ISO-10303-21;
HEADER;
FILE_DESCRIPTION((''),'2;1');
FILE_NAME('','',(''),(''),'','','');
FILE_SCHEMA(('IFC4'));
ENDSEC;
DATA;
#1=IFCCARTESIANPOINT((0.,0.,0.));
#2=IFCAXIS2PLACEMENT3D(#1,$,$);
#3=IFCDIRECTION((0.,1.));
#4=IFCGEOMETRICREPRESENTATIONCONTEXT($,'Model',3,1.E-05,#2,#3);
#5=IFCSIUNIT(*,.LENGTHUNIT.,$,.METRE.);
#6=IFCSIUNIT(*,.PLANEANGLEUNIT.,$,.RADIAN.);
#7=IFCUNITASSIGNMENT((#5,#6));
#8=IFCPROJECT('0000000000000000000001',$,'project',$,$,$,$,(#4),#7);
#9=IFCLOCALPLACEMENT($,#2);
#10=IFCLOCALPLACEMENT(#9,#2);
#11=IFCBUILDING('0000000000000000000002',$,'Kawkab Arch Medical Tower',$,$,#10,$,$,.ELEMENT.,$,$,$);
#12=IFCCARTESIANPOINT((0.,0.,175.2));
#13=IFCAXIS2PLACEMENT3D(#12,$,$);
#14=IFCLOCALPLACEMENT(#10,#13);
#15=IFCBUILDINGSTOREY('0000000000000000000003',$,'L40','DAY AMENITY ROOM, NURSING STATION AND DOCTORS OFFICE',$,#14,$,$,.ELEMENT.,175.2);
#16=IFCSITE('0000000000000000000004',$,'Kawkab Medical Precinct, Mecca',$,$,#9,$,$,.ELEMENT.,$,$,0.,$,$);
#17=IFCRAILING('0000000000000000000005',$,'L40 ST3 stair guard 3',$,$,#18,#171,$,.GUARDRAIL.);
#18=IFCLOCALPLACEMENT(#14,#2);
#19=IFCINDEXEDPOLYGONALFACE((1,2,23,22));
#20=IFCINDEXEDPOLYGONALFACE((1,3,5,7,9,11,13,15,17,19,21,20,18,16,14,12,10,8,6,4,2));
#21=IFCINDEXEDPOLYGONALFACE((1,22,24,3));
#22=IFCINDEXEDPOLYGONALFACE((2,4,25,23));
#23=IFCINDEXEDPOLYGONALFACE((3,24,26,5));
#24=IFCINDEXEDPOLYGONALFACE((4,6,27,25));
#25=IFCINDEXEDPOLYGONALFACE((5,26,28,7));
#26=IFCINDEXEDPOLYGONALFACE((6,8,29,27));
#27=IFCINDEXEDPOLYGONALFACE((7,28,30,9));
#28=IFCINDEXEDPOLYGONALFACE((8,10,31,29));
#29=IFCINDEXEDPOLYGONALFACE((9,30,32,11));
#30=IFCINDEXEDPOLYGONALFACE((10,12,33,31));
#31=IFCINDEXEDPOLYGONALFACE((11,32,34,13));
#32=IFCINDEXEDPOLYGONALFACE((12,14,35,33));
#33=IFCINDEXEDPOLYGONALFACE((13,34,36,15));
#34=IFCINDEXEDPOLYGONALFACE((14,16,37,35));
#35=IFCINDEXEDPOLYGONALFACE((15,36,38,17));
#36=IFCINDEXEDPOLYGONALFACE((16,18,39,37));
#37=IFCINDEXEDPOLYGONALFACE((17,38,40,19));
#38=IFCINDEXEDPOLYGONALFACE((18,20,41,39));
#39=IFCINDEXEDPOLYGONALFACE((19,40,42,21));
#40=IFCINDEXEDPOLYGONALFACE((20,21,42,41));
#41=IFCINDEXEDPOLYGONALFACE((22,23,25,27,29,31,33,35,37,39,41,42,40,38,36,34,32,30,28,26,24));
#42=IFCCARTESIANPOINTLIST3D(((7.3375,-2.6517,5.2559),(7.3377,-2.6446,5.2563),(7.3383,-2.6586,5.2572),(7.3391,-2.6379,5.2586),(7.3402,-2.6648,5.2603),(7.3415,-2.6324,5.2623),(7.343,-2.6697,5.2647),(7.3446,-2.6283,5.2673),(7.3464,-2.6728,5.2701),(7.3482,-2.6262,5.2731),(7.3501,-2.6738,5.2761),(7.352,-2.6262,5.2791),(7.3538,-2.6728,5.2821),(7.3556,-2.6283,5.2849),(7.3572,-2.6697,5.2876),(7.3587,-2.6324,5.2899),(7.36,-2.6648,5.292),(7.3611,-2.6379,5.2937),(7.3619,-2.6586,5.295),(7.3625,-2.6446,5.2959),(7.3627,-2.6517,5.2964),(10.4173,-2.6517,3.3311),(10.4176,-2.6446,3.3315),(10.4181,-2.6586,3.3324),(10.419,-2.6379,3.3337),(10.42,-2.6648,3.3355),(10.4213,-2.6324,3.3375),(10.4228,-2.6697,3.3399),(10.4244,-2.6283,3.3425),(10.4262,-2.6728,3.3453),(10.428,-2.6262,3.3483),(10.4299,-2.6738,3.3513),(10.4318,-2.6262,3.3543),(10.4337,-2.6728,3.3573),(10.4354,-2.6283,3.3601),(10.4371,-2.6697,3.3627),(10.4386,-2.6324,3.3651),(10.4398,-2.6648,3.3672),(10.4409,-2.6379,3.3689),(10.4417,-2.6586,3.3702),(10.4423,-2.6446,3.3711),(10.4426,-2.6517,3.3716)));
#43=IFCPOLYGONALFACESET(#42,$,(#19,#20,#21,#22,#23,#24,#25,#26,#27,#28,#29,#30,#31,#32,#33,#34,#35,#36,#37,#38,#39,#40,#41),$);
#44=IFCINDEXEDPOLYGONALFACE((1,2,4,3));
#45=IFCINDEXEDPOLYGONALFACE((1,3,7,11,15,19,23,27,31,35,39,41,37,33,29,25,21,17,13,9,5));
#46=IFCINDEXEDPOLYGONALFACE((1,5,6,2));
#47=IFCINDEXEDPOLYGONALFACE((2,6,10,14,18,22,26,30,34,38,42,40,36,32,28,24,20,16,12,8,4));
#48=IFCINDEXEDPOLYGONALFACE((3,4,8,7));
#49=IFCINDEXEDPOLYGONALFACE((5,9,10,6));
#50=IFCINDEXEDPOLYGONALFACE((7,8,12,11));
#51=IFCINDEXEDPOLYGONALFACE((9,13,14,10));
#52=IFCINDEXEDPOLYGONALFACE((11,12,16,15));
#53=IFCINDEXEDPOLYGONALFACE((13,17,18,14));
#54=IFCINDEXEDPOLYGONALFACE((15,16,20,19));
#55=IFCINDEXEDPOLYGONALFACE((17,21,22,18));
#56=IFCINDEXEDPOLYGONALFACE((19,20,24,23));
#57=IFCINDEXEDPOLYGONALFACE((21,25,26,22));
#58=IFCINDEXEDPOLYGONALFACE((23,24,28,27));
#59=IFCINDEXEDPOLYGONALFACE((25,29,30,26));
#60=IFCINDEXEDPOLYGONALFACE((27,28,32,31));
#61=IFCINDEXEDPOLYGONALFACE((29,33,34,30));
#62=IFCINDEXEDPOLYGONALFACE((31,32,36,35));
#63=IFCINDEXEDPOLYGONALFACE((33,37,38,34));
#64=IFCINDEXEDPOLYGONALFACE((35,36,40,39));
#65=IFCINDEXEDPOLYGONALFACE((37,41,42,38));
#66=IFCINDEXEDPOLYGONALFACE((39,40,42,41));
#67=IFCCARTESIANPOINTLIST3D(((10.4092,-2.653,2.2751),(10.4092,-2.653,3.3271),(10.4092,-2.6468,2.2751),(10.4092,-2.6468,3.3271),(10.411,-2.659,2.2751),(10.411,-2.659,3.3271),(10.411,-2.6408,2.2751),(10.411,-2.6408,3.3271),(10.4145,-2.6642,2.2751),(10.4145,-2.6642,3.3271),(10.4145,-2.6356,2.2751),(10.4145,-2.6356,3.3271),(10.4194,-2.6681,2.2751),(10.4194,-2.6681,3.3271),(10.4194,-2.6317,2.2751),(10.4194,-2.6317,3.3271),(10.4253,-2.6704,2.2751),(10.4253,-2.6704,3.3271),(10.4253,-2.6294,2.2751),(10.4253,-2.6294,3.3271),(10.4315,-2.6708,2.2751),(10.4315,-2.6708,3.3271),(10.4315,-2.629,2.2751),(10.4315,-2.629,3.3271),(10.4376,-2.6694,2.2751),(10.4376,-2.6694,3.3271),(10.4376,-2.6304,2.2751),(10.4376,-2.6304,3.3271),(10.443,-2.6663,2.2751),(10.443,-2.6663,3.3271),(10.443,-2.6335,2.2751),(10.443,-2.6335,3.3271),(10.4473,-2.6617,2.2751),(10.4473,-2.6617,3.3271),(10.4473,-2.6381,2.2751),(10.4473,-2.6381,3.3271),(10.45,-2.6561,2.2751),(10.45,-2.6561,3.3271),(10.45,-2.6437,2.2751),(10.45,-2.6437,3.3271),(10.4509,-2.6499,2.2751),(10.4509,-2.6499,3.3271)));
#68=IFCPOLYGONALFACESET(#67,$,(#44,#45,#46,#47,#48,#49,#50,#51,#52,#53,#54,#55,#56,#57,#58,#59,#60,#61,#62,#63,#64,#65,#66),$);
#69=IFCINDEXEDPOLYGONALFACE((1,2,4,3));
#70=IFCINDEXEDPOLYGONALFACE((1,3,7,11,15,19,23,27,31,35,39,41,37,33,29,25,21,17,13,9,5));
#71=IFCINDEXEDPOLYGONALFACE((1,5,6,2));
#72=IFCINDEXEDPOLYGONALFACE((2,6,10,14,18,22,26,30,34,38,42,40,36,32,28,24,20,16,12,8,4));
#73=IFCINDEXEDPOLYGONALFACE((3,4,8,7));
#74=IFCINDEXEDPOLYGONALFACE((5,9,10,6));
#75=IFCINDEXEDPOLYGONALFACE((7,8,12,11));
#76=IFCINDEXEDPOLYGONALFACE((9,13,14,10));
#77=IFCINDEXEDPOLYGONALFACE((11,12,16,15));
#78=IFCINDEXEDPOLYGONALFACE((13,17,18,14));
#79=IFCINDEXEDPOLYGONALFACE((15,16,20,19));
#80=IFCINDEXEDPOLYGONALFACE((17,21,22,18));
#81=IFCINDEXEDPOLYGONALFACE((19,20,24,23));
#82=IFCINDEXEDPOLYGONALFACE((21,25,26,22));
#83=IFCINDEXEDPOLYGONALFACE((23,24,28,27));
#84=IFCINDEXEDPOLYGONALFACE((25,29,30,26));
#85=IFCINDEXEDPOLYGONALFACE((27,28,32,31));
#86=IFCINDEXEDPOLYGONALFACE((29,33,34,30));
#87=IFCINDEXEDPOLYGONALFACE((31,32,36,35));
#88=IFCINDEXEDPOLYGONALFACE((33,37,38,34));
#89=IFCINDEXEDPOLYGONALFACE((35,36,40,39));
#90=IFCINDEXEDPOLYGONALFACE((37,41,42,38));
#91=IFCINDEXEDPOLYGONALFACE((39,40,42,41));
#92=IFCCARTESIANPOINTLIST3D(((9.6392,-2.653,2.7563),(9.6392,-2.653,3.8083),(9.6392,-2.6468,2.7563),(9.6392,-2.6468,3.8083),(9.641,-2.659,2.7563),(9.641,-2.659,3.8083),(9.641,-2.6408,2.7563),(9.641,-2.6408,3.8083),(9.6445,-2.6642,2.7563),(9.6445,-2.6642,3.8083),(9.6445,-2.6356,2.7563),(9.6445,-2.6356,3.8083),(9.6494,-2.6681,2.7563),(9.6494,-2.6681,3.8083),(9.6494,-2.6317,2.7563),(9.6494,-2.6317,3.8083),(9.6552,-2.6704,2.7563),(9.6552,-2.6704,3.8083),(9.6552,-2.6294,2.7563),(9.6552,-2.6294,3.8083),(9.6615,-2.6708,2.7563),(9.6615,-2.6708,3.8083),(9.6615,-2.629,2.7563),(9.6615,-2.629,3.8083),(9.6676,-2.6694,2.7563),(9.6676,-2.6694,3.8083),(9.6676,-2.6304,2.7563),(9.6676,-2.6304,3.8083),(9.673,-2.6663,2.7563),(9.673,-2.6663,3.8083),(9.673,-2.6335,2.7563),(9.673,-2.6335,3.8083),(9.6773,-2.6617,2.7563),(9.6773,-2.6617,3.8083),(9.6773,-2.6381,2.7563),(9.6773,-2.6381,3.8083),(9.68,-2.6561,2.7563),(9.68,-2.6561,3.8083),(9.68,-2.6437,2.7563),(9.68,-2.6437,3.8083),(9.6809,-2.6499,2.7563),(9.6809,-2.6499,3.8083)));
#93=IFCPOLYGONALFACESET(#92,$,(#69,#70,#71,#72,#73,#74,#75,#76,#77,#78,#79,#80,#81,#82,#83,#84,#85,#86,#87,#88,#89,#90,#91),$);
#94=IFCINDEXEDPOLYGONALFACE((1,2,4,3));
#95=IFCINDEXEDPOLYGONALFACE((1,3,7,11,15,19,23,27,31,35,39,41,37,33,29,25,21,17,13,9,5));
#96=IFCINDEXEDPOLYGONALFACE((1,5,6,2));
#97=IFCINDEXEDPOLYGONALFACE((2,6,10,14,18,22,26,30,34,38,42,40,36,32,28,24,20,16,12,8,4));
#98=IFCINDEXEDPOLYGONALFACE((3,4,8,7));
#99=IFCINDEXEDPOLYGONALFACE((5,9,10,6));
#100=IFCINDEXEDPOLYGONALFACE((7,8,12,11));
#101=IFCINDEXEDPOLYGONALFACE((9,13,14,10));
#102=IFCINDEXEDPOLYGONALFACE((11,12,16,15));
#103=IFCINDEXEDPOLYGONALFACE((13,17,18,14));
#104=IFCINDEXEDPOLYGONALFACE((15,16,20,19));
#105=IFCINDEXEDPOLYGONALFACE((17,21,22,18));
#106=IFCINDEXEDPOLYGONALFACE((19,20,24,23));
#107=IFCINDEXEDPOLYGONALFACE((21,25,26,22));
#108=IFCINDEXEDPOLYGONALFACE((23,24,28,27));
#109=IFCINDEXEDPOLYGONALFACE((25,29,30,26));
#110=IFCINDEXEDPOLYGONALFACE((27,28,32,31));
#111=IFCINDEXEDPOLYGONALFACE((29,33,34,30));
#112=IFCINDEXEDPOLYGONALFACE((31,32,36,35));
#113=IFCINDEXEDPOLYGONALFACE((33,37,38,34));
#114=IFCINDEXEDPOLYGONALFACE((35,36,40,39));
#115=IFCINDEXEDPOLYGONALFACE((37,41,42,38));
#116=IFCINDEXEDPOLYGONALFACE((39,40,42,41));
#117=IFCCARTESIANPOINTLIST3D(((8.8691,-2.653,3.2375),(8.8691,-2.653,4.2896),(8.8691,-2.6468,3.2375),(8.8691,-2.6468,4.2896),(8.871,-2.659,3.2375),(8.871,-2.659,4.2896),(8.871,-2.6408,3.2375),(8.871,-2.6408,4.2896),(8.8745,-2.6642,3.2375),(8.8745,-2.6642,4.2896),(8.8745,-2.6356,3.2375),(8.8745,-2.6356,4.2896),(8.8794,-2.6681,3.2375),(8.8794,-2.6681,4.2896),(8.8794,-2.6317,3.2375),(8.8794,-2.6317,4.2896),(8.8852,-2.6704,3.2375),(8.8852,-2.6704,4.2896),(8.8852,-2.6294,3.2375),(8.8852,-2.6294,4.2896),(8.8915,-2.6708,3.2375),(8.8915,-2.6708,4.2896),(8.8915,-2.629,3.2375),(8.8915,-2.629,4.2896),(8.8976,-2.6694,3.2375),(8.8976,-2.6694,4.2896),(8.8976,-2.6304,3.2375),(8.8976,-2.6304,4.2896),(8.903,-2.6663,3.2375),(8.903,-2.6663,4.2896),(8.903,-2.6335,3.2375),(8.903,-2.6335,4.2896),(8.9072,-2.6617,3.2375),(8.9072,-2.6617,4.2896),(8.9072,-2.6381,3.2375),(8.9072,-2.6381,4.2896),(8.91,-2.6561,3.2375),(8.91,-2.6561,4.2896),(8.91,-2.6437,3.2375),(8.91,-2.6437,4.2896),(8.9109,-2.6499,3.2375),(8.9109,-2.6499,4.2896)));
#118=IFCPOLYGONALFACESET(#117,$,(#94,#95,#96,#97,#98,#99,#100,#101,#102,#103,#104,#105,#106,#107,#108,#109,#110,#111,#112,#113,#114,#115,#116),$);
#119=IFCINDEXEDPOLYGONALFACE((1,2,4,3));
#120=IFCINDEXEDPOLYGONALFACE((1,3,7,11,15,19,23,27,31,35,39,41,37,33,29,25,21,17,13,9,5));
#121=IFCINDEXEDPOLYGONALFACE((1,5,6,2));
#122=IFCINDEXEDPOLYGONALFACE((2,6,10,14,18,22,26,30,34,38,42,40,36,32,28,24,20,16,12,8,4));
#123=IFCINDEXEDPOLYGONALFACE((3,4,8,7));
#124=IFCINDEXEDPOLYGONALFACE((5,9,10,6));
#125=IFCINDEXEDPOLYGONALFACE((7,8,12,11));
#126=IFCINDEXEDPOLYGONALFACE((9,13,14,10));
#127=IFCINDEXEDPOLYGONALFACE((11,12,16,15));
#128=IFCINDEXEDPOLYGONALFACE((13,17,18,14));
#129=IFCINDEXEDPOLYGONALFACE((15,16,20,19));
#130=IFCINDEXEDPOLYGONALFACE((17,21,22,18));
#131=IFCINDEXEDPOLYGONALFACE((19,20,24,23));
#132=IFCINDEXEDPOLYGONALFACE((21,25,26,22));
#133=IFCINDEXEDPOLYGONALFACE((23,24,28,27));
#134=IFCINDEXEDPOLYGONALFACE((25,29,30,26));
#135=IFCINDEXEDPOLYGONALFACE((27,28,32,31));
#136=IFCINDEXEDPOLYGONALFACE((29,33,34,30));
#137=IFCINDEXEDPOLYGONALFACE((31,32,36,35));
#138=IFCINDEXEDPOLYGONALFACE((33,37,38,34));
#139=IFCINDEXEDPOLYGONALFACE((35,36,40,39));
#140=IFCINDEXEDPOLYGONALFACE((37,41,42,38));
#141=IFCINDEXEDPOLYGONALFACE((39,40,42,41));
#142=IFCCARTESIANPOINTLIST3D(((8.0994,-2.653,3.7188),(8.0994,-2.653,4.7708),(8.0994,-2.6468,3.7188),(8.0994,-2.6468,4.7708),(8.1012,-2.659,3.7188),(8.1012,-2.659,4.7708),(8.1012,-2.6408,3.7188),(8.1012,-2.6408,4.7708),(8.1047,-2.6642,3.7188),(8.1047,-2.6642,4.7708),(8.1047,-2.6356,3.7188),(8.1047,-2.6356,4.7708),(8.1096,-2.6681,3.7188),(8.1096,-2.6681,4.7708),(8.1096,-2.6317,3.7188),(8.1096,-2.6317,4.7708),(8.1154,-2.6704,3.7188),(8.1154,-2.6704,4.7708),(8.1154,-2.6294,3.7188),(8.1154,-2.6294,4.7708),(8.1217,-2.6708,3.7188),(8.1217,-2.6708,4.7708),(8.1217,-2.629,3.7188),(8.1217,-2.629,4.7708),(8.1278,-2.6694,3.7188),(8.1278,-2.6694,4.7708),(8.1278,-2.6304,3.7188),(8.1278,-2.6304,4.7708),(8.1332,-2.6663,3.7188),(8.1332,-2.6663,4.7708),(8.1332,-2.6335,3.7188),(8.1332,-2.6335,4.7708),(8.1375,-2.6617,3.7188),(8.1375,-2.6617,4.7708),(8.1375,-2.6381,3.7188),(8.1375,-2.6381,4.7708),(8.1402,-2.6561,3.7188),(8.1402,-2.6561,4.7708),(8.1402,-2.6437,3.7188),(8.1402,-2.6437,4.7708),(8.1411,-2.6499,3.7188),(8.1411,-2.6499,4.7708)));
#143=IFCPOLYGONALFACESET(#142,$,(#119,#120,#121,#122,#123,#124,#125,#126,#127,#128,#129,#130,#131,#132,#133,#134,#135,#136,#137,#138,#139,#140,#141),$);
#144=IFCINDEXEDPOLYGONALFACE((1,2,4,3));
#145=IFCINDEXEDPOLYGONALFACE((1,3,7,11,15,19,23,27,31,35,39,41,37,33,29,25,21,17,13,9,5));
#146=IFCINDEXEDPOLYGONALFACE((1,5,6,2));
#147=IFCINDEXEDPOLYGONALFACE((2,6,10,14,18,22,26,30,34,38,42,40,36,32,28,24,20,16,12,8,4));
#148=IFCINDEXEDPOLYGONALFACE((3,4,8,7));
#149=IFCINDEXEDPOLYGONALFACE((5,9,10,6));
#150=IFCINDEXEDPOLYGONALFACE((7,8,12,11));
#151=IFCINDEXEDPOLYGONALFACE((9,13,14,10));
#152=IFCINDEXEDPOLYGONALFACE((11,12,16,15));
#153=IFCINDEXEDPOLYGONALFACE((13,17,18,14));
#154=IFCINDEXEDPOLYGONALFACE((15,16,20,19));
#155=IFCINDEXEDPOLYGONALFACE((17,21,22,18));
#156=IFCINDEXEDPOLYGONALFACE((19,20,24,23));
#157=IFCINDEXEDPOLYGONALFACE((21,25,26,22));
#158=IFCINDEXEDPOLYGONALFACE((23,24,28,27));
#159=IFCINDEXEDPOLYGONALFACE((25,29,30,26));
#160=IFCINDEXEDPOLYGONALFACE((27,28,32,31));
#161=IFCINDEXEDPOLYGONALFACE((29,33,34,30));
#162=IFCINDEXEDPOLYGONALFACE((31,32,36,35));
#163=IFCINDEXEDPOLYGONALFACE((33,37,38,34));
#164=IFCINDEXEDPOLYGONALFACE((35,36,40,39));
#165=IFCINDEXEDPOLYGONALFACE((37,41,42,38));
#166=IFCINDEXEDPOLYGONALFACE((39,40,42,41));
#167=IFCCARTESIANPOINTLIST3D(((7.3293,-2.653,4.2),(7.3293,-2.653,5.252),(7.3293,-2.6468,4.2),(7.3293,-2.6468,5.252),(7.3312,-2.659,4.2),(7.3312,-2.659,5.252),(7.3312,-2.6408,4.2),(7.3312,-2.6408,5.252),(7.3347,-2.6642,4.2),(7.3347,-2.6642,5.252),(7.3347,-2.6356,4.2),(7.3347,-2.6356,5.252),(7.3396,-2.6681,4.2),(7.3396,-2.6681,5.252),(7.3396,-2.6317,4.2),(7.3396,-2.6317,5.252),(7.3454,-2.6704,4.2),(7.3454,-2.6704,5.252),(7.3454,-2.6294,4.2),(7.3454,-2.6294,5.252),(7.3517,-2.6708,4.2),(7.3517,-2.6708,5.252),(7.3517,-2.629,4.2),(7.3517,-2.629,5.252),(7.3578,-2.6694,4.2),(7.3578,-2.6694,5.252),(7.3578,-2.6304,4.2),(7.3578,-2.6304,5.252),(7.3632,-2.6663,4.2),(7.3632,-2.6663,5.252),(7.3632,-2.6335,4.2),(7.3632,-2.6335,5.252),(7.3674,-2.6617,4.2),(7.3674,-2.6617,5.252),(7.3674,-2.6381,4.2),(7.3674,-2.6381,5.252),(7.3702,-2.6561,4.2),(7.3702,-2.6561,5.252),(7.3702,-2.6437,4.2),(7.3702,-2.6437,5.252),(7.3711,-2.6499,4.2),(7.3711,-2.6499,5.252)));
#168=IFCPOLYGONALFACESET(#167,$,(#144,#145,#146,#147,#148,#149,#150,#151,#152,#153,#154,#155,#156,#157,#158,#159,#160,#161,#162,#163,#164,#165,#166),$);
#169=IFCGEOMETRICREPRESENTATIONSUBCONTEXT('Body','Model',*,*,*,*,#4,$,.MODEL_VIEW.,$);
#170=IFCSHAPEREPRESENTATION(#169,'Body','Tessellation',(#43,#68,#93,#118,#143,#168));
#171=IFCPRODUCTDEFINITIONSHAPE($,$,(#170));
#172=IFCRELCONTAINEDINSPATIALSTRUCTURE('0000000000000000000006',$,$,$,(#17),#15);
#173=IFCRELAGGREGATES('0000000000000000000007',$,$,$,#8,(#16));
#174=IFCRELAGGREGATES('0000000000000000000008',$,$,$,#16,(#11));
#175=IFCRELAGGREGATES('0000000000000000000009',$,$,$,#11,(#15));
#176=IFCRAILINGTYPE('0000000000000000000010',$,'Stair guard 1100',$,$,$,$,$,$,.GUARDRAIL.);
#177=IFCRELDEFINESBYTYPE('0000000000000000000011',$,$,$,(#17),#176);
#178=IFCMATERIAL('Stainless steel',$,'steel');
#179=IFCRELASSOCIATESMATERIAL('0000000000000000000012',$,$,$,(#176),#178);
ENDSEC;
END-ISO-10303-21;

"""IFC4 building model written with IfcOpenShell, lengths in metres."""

from ifc_helpers import new_model, si_unit, direction, frame, origin, origin_2d, place, context, subcontext, project, spatial, circle, extrude, material, type_object, element, save


model = new_model("IFC4")

# Units and contexts
model_context = context("Model", 3, precision=1e-05, world=origin(), true_north=direction((0.0, 1.0)))
body_context = subcontext(model_context, "Body", "Model", "MODEL_VIEW")
ifc_project = project(units=[si_unit("LENGTHUNIT", "METRE"), si_unit("PLANEANGLEUNIT", "RADIAN")], contexts=[model_context])

# Site, building, storey
site_placement = place(None, origin())
site = spatial("IfcSite", under=ifc_project, at=site_placement, Name="Kawkab Medical Precinct, Mecca", CompositionType="ELEMENT", RefElevation=0.0)
building_placement = place(site_placement, origin())
building = spatial("IfcBuilding", under=site, at=building_placement, Name="Kawkab Arch Medical Tower", CompositionType="ELEMENT")
storey_placement = place(building_placement, frame((0.0, 0.0, 175.2)))
storey = spatial("IfcBuildingStorey", under=building, at=storey_placement, Name="L40", Description="DAY AMENITY ROOM, NURSING STATION AND DOCTORS OFFICE", CompositionType="ELEMENT", Elevation=175.2)

# Railing
ifc_material_1 = material(Name="Stainless steel", Category="steel")
railing_type_1 = type_object("IfcRailingType", Name="Stair guard 1100", PredefinedType="GUARDRAIL", material=ifc_material_1)
railing_1_placement = place(storey_placement, frame((10.4299, -2.6499, 2.2751)))
element("IfcRailing", 1, at=railing_1_placement, inside=storey, type_object=railing_type_1, Name="L40 ST3 stair guard 3", PredefinedType="GUARDRAIL", context=body_context, shape_type="SweptSolid", body=[
    extrude(circle(Radius=0.0239, at=origin_2d()), frame((0.0, 0.0, 1.0762), z_axis=(-0.84801, 0.0, 0.529981), x_axis=(0.0, -1.0, 0.0)), (0.0, 0.0, 1.0), 3.6318),
    extrude(circle(Radius=0.021, at=origin_2d()), origin(), (0.0, 0.0, 1.0), 1.052),
    extrude(circle(Radius=0.021, at=origin_2d()), frame((-0.77, 0.0, 0.4812)), (0.0, 0.0, 1.0), 1.052),
    extrude(circle(Radius=0.021, at=origin_2d()), frame((-1.54, 0.0, 0.9624)), (0.0, 0.0, 1.0), 1.052),
    extrude(circle(Radius=0.021, at=origin_2d()), frame((-2.3098, 0.0, 1.4436)), (0.0, 0.0, 1.0), 1.052),
    extrude(circle(Radius=0.021, at=origin_2d()), frame((-3.0798, 0.0, 1.9248)), (0.0, 0.0, 1.0), 1.052),
])

save(model, "model.ifc")
